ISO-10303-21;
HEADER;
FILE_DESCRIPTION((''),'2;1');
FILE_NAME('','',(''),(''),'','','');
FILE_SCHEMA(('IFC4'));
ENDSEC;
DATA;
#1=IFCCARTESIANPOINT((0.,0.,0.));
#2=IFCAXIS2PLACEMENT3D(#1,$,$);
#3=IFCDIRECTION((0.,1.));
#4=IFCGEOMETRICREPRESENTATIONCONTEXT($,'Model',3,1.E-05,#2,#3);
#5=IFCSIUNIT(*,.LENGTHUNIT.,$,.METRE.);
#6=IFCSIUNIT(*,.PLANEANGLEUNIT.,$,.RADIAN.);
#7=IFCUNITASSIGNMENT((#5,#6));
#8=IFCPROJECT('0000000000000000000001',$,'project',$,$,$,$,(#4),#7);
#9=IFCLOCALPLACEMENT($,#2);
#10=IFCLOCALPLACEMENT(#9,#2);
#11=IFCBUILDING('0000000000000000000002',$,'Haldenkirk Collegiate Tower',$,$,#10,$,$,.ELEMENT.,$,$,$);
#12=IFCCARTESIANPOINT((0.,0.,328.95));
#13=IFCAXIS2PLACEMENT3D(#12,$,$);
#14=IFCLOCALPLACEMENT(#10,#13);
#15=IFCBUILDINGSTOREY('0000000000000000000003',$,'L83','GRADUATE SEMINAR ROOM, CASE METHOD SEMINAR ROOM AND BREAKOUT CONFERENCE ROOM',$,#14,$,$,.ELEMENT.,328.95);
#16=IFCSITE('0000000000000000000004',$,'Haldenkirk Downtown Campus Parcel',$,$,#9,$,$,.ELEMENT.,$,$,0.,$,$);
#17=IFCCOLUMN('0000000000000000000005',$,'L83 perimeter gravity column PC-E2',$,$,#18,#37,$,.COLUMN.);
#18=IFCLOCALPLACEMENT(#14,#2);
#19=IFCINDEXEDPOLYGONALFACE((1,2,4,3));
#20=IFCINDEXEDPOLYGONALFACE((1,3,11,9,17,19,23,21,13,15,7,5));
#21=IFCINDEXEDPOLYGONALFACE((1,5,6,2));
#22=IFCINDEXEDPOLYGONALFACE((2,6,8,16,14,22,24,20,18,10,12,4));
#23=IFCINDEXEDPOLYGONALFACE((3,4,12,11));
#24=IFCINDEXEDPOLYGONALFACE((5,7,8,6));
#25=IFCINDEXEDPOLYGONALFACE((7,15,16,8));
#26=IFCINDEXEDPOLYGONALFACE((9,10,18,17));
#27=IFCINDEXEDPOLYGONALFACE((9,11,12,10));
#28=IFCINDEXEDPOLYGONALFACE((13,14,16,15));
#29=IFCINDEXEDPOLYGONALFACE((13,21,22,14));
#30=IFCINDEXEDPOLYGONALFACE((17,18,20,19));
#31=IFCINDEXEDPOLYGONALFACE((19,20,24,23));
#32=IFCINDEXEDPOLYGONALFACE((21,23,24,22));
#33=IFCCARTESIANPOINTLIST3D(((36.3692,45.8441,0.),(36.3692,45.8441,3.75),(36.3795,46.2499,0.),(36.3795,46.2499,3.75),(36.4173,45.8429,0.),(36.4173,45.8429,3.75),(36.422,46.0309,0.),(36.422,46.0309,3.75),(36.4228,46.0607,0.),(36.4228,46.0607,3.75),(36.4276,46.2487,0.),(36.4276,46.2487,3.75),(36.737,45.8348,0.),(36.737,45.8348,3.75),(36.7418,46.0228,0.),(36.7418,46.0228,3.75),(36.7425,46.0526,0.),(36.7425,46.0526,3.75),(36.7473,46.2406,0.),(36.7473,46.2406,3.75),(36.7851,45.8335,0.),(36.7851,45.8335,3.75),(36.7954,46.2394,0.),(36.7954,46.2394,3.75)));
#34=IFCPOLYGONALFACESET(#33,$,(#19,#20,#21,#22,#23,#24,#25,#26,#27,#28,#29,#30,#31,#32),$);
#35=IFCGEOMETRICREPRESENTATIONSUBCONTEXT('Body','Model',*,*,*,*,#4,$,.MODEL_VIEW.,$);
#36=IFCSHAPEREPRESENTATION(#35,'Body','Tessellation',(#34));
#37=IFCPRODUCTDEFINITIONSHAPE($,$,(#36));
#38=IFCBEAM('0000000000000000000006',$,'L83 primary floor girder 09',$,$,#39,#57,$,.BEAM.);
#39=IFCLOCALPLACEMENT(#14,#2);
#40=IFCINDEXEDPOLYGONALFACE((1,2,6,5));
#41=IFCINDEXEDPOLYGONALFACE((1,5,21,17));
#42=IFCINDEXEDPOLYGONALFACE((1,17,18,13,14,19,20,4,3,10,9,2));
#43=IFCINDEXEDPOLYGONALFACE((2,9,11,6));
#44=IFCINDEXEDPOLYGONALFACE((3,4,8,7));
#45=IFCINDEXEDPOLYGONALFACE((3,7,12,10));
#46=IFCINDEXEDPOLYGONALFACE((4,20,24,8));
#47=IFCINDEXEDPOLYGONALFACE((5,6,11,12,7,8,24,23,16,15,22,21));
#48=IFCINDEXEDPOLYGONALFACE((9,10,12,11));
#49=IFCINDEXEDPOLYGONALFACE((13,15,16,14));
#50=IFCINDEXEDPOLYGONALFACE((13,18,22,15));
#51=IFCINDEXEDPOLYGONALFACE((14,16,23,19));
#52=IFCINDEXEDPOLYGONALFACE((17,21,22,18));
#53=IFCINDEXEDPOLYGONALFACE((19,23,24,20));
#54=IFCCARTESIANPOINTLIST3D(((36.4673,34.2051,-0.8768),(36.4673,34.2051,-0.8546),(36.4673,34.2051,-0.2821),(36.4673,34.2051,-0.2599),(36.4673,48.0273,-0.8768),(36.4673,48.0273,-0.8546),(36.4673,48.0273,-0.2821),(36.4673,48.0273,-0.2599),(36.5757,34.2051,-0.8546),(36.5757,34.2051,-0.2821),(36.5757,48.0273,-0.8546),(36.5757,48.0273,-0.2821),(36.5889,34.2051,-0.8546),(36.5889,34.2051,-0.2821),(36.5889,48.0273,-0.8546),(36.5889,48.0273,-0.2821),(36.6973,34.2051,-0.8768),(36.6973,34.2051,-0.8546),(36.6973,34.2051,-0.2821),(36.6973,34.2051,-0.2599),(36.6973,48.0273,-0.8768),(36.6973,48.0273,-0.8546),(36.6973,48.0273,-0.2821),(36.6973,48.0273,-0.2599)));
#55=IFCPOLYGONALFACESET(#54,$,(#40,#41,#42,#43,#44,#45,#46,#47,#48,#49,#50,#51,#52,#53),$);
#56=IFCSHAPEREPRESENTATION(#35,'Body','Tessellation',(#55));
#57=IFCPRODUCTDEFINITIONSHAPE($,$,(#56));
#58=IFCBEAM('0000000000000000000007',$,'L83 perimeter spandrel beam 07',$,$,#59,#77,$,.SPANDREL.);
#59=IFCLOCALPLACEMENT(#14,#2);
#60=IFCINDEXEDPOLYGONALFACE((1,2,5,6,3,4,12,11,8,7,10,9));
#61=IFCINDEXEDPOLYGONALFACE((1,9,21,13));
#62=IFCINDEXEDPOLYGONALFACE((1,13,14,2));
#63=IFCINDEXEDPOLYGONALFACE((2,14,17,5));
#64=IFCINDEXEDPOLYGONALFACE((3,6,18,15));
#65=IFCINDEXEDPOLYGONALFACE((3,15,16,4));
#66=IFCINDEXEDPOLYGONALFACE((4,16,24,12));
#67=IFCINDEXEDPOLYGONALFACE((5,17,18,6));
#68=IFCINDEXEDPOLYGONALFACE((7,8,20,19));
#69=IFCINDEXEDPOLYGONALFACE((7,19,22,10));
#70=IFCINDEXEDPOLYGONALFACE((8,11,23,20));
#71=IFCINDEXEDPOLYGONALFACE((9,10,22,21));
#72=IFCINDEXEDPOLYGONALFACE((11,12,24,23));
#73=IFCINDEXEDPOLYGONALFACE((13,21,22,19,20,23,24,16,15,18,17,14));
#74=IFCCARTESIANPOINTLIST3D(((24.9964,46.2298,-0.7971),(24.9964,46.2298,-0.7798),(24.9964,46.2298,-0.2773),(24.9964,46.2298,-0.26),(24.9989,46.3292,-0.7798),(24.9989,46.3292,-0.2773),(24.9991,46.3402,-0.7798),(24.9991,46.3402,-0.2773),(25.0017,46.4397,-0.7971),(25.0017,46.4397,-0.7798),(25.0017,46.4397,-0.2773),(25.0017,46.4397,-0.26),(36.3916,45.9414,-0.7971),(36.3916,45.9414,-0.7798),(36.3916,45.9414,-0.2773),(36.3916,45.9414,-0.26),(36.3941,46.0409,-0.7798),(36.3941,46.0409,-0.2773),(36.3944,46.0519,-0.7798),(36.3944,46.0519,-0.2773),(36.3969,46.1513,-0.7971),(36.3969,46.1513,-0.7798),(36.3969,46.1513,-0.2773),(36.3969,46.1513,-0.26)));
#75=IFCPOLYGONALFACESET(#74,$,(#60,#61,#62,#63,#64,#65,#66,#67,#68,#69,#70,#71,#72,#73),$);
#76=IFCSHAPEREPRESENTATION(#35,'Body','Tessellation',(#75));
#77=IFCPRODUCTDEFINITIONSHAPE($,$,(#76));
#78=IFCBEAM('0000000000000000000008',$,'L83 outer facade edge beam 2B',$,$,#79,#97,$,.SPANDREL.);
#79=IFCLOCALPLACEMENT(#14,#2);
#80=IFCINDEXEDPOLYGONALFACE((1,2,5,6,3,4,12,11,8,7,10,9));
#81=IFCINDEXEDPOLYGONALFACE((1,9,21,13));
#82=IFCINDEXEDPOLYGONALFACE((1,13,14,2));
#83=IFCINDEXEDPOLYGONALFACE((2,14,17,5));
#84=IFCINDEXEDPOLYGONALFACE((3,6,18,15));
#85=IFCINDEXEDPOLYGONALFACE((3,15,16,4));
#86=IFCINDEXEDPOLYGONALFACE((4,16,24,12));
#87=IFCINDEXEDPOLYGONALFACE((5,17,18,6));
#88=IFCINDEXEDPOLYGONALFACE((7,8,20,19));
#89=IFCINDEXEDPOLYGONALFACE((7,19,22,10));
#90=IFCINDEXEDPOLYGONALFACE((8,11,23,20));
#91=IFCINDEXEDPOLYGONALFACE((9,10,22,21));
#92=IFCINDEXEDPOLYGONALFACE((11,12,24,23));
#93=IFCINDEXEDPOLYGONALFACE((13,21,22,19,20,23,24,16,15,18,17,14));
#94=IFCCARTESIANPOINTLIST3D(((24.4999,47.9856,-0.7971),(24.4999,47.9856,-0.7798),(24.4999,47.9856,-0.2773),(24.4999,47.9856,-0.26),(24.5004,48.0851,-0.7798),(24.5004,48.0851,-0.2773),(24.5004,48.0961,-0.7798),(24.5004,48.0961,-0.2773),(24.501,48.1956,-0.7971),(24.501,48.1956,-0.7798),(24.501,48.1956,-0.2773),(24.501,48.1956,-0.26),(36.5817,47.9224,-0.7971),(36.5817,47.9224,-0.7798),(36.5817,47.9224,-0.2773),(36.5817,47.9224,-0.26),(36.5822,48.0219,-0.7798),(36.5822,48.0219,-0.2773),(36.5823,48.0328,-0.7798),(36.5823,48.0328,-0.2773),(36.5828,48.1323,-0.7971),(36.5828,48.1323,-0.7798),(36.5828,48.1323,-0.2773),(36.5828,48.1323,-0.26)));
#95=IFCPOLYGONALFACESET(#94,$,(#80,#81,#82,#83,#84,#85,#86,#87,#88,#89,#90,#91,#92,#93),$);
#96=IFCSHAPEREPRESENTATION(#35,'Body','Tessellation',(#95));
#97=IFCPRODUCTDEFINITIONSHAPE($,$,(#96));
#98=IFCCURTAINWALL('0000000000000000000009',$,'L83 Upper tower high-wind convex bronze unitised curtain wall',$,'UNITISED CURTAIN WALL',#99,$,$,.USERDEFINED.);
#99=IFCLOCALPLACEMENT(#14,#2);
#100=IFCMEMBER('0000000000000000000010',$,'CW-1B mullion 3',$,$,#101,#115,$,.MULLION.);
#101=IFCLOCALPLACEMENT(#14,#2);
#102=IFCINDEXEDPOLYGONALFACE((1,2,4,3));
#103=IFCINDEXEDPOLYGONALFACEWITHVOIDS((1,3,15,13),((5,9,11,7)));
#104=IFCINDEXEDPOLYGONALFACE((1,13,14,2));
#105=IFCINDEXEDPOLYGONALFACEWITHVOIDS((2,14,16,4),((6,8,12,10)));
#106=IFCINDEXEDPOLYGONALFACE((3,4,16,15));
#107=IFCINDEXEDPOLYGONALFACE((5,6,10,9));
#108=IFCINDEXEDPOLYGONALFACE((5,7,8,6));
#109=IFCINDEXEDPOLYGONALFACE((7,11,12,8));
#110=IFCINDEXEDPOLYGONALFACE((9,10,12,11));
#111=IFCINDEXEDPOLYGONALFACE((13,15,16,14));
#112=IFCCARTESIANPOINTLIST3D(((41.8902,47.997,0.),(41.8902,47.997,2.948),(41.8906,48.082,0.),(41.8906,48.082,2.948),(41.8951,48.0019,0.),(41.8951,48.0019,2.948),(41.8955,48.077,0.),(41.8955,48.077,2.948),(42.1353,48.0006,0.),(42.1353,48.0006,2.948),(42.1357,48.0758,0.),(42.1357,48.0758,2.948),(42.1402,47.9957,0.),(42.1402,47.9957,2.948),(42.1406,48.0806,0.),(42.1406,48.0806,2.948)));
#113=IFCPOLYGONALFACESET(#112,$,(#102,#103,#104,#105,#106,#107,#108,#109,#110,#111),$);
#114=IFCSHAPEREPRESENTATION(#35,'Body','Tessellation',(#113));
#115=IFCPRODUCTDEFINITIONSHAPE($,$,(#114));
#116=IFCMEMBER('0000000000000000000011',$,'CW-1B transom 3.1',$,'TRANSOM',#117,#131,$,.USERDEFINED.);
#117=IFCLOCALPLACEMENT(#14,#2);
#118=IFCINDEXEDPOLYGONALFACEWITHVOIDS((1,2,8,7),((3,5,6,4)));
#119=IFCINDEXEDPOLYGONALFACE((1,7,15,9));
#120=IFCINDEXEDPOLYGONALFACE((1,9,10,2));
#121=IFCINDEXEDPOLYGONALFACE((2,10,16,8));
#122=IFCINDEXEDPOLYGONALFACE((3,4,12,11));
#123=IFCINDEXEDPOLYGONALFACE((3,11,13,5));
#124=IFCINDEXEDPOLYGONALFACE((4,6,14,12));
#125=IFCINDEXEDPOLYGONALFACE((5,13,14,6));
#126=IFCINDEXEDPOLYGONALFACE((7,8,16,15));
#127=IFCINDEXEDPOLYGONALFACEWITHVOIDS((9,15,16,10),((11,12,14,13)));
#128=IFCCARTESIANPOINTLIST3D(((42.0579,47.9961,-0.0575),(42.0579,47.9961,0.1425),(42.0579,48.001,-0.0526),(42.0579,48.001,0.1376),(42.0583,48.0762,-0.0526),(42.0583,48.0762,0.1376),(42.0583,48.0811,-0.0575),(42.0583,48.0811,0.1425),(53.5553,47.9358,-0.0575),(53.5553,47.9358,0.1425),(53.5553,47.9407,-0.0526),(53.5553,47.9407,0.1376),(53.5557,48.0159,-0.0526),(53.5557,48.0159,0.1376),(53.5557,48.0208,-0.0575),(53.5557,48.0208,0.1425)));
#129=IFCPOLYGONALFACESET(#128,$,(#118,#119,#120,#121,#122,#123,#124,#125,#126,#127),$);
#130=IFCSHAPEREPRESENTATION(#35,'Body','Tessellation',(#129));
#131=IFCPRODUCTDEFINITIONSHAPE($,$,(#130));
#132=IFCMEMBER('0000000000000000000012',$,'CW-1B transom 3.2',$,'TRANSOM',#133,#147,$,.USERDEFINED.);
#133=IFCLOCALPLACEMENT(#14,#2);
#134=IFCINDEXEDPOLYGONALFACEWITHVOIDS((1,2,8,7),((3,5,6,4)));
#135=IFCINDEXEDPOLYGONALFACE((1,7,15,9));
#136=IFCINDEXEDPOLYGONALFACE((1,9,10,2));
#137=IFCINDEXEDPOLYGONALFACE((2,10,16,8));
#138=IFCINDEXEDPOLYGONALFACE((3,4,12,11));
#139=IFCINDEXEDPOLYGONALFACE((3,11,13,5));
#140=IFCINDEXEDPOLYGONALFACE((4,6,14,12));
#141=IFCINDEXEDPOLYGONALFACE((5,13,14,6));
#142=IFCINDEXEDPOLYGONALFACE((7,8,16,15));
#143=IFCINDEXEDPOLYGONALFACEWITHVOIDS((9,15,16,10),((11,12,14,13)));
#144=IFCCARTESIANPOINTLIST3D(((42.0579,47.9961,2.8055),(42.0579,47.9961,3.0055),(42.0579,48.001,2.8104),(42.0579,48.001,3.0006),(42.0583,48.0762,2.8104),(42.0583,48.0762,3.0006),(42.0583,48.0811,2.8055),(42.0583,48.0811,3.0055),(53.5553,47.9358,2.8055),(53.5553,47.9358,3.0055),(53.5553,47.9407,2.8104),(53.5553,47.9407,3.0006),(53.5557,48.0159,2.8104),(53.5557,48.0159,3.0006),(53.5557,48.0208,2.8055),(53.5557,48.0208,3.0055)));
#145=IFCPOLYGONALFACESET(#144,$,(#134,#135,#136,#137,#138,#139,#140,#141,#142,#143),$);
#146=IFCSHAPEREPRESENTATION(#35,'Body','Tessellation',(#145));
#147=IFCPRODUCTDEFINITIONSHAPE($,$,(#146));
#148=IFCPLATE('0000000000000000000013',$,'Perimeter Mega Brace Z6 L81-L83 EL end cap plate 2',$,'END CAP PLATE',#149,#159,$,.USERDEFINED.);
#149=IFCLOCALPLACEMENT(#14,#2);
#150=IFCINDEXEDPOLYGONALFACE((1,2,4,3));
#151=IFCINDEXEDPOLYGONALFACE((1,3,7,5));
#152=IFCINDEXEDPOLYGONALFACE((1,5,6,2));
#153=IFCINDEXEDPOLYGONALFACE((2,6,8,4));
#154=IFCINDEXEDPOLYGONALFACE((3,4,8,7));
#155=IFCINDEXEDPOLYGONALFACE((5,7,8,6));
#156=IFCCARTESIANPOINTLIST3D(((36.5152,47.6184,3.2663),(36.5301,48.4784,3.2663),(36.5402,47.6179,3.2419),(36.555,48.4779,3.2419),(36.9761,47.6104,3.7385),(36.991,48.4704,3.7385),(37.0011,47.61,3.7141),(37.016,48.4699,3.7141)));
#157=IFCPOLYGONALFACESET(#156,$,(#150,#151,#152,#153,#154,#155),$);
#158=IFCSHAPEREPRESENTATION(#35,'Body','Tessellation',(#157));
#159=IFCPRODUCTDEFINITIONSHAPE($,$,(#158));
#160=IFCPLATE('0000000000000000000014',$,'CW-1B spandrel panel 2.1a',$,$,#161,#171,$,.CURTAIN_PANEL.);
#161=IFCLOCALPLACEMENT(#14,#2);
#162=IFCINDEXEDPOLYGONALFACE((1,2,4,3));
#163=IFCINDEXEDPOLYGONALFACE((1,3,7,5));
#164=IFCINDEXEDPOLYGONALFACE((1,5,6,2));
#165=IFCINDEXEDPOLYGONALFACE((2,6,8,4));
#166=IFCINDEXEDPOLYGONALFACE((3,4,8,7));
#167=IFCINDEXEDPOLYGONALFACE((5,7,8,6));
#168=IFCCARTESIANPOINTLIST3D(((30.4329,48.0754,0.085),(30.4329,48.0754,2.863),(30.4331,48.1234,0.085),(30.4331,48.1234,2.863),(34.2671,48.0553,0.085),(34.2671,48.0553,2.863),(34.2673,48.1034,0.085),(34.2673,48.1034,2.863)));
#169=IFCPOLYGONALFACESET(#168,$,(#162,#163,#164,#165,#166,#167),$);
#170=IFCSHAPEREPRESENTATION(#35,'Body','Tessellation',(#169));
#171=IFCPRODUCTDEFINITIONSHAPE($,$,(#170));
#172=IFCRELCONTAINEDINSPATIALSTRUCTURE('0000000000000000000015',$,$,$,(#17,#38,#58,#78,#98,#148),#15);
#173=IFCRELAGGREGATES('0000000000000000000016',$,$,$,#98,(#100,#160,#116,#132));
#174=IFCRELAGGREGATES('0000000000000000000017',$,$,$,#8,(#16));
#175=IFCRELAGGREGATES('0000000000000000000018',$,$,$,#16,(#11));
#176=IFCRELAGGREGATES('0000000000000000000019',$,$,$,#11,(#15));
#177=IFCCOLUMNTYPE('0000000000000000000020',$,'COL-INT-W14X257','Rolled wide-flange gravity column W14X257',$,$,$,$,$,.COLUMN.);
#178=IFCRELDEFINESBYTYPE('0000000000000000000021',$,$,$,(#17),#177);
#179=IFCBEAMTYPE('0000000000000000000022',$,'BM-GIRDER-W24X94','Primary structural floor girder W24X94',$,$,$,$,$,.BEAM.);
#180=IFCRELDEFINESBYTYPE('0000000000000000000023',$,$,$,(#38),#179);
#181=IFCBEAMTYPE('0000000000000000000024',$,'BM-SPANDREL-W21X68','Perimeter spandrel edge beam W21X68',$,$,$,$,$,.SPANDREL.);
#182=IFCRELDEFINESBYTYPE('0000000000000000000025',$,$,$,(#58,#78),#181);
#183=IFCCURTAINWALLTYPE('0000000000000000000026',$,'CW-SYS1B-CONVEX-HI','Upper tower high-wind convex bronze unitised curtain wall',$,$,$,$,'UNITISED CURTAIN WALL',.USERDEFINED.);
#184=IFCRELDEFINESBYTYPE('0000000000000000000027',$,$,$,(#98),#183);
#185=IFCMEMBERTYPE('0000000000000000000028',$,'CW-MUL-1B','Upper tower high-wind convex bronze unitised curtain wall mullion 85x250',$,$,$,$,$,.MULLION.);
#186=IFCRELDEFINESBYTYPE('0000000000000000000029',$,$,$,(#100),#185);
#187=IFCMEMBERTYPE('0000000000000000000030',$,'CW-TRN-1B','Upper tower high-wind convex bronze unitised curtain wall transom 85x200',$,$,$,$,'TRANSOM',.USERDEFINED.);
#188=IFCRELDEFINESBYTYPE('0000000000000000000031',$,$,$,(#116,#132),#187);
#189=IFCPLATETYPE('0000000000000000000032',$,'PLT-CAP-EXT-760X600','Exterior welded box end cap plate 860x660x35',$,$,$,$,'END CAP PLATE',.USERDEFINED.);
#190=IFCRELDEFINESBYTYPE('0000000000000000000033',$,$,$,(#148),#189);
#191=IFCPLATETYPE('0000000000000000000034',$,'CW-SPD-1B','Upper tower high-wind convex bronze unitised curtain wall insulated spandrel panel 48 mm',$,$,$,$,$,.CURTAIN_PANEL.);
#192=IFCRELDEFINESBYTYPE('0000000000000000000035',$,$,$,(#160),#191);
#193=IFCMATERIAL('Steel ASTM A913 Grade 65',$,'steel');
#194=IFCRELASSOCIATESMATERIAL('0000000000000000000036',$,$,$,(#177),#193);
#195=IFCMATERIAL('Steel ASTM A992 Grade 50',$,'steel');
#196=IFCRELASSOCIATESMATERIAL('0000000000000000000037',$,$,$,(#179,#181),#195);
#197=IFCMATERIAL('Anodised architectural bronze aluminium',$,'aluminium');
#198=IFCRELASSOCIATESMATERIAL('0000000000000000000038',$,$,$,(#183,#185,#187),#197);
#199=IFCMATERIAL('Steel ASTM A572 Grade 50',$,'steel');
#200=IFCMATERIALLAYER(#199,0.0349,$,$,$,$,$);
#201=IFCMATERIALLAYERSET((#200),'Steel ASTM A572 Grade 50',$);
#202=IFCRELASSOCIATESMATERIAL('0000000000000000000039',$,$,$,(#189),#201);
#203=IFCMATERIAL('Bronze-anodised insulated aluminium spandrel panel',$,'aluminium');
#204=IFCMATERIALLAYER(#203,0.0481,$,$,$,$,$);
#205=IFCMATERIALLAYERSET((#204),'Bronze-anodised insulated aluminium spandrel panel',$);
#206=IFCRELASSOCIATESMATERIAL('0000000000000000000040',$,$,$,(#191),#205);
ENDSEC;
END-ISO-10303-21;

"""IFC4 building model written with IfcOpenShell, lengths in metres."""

from ifc_helpers import new_model, si_unit, direction, frame, origin, origin_2d, place, context, subcontext, project, spatial, rectangle, hollow_rectangle, i_section, extrude, source, transform, mapped, material, layer, layer_set, material_profile, profile_set, type_object, element, aggregate, save


model = new_model("IFC4")

# Units and contexts
model_context = context("Model", 3, precision=1e-05, world=origin(), true_north=direction((0.0, 1.0)))
body_context = subcontext(model_context, "Body", "Model", "MODEL_VIEW")
ifc_project = project(units=[si_unit("LENGTHUNIT", "METRE"), si_unit("PLANEANGLEUNIT", "RADIAN")], contexts=[model_context])

# Site, building, storey
site_placement = place(None, origin())
site = spatial("IfcSite", under=ifc_project, at=site_placement, Name="Haldenkirk Downtown Campus Parcel", CompositionType="ELEMENT", RefElevation=0.0)
building_placement = place(site_placement, origin())
building = spatial("IfcBuilding", under=site, at=building_placement, Name="Haldenkirk Collegiate Tower", CompositionType="ELEMENT")
storey_placement = place(building_placement, frame((0.0, 0.0, 328.95)))
storey = spatial("IfcBuildingStorey", under=building, at=storey_placement, Name="L83", Description="GRADUATE SEMINAR ROOM, CASE METHOD SEMINAR ROOM AND BREAKOUT CONFERENCE ROOM", CompositionType="ELEMENT", Elevation=328.95)

# Column
ifc_material_1 = material(Name="Steel ASTM A913 Grade 65", Category="steel")
ifc_material_profile_1 = material_profile(ifc_material_1, i_section(OverallWidth=0.406, OverallDepth=0.416, WebThickness=0.0298, FlangeThickness=0.0481, at=origin_2d()), Name="W14X257")
ifc_profile_set_1 = profile_set([ifc_material_profile_1], Name="Steel ASTM A913 Grade 65")
column_type = type_object("IfcColumnType", Name="COL-INT-W14X257", Description="Rolled wide-flange gravity column W14X257", PredefinedType="COLUMN", material=ifc_profile_set_1)
column_placement = place(storey_placement, frame((36.5823, 46.0417, 0.0), z_axis=(0.0, 0.0, 1.0), x_axis=(0.025305, 0.99968, 0.0)))
element("IfcColumn", 1, at=column_placement, inside=storey, type_object=column_type, Name="L83 perimeter gravity column PC-E2", PredefinedType="COLUMN", context=body_context, shape_type="SweptSolid", body=[
    extrude(i_section(OverallWidth=0.406, OverallDepth=0.416, WebThickness=0.0298, FlangeThickness=0.0481, at=origin_2d()), origin(), (0.0, 0.0, 1.0), 3.75),
])

# Beams
ifc_material_2 = material(Name="Steel ASTM A992 Grade 50", Category="steel")
ifc_material_profile_2 = material_profile(ifc_material_2, i_section(OverallWidth=0.23, OverallDepth=0.6169, WebThickness=0.0132, FlangeThickness=0.0222, at=origin_2d()), Name="W24X94")
ifc_profile_set_2 = profile_set([ifc_material_profile_2], Name="Steel ASTM A992 Grade 50")
beam_type_1 = type_object("IfcBeamType", Name="BM-GIRDER-W24X94", Description="Primary structural floor girder W24X94", PredefinedType="BEAM", material=ifc_profile_set_2)
beam_1_placement = place(storey_placement, frame((36.5823, 48.0273, -0.5684), z_axis=(0.0, -1.0, 0.0), x_axis=(1.0, 0.0, 0.0)))
element("IfcBeam", 2, at=beam_1_placement, inside=storey, type_object=beam_type_1, Name="L83 primary floor girder 09", PredefinedType="BEAM", context=body_context, shape_type="SweptSolid", body=[
    extrude(i_section(OverallWidth=0.23, OverallDepth=0.6169, WebThickness=0.0132, FlangeThickness=0.0222, at=origin_2d()), origin(), (0.0, 0.0, 1.0), 13.8223),
])
ifc_material_profile_3 = material_profile(ifc_material_2, i_section(OverallWidth=0.21, OverallDepth=0.5371, WebThickness=0.011, FlangeThickness=0.0173, at=origin_2d()), Name="W21X68")
ifc_profile_set_3 = profile_set([ifc_material_profile_3], Name="Steel ASTM A992 Grade 50")
beam_type_2 = type_object("IfcBeamType", Name="BM-SPANDREL-W21X68", Description="Perimeter spandrel edge beam W21X68", PredefinedType="SPANDREL", material=ifc_profile_set_3)
beam_2_placement = place(storey_placement, frame((36.3943, 46.0464, -0.5286), z_axis=(-0.99968, 0.025295, 0.0), x_axis=(-0.025295, -0.99968, 0.0)))
element("IfcBeam", 3, at=beam_2_placement, inside=storey, type_object=beam_type_2, Name="L83 perimeter spandrel beam 07", PredefinedType="SPANDREL", context=body_context, shape_type="SweptSolid", body=[
    extrude(i_section(OverallWidth=0.21, OverallDepth=0.5371, WebThickness=0.011, FlangeThickness=0.0173, at=origin_2d()), origin(), (0.0, 0.0, 1.0), 11.3989),
])
beam_3_placement = place(storey_placement, frame((36.5823, 48.0273, -0.5286), z_axis=(-0.999986, 0.005234, 0.0), x_axis=(-0.005234, -0.999986, 0.0)))
element("IfcBeam", 4, at=beam_3_placement, inside=storey, type_object=beam_type_2, Name="L83 outer facade edge beam 2B", PredefinedType="SPANDREL", context=body_context, shape_type="SweptSolid", body=[
    extrude(i_section(OverallWidth=0.21, OverallDepth=0.5371, WebThickness=0.011, FlangeThickness=0.0173, at=origin_2d()), origin(), (0.0, 0.0, 1.0), 12.082),
])

# Curtain wall, members
ifc_material_3 = material(Name="Anodised architectural bronze aluminium", Category="aluminium")
curtain_wall_type = type_object("IfcCurtainWallType", Name="CW-SYS1B-CONVEX-HI", Description="Upper tower high-wind convex bronze unitised curtain wall", ElementType="UNITISED CURTAIN WALL", PredefinedType="USERDEFINED", material=ifc_material_3)
curtain_wall_placement = place(storey_placement, origin())
curtain_wall = element("IfcCurtainWall", 5, at=curtain_wall_placement, inside=storey, type_object=curtain_wall_type, Name="L83 Upper tower high-wind convex bronze unitised curtain wall", ObjectType="UNITISED CURTAIN WALL", PredefinedType="USERDEFINED")
ifc_material_profile_4 = material_profile(ifc_material_3, hollow_rectangle(XDim=0.085, YDim=0.25, WallThickness=0.0049, at=origin_2d()), Name="CW-MUL-1B")
ifc_profile_set_4 = profile_set([ifc_material_profile_4], Name="Anodised architectural bronze aluminium")
member_type_1 = type_object("IfcMemberType", Name="CW-MUL-1B", Description="Upper tower high-wind convex bronze unitised curtain wall mullion 85x250", PredefinedType="MULLION", material=ifc_profile_set_4)
member_1_placement = place(storey_placement, frame((42.0154, 48.0388, 0.0), z_axis=(0.0, 0.0, 1.0), x_axis=(0.005239, 0.999986, 0.0)))
member_1 = element("IfcMember", 6, at=member_1_placement, type_object=member_type_1, Name="CW-1B mullion 3", PredefinedType="MULLION", context=body_context, shape_type="SweptSolid", body=[
    extrude(hollow_rectangle(XDim=0.085, YDim=0.25, WallThickness=0.0049, at=origin_2d()), origin(), (0.0, 0.0, 1.0), 2.948),
])
ifc_material_profile_5 = material_profile(ifc_material_3, hollow_rectangle(XDim=0.085, YDim=0.2, WallThickness=0.0049, at=origin_2d()), Name="CW-TRN-1B")
ifc_profile_set_5 = profile_set([ifc_material_profile_5], Name="Anodised architectural bronze aluminium")
member_type_2 = type_object("IfcMemberType", Name="CW-TRN-1B", Description="Upper tower high-wind convex bronze unitised curtain wall transom 85x200", ElementType="TRANSOM", PredefinedType="USERDEFINED", material=ifc_profile_set_5)
member_2_placement = place(storey_placement, frame((42.0581, 48.0386, 0.0425), z_axis=(0.999986, -0.005245, 0.0), x_axis=(0.005245, 0.999986, 0.0)))
member_2 = element("IfcMember", 7, at=member_2_placement, type_object=member_type_2, Name="CW-1B transom 3.1", ObjectType="TRANSOM", PredefinedType="USERDEFINED", context=body_context, shape_type="SweptSolid", body=[
    extrude(hollow_rectangle(XDim=0.085, YDim=0.2, WallThickness=0.0049, at=origin_2d()), origin(), (0.0, 0.0, 1.0), 11.4976),
])
member_3_placement = place(storey_placement, frame((42.0581, 48.0386, 2.9055), z_axis=(0.999986, -0.005245, 0.0), x_axis=(0.005245, 0.999986, 0.0)))
member_3 = element("IfcMember", 8, at=member_3_placement, type_object=member_type_2, Name="CW-1B transom 3.2", ObjectType="TRANSOM", PredefinedType="USERDEFINED", context=body_context, shape_type="SweptSolid", body=[
    extrude(hollow_rectangle(XDim=0.085, YDim=0.2, WallThickness=0.0049, at=origin_2d()), origin(), (0.0, 0.0, 1.0), 11.4976),
])

# Plates
ifc_material_4 = material(Name="Steel ASTM A572 Grade 50", Category="steel")
ifc_layer_1 = layer(ifc_material_4, 0.0349)
ifc_layer_set_1 = layer_set([ifc_layer_1], Name="Steel ASTM A572 Grade 50")
plate_type_1 = type_object("IfcPlateType", Name="PLT-CAP-EXT-760X600", Description="Exterior welded box end cap plate 860x660x35", ElementType="END CAP PLATE", PredefinedType="USERDEFINED", material=ifc_layer_set_1)
shared_shape_1 = source(origin(), body_context, "Body", "SweptSolid", [
    extrude(rectangle(XDim=0.8601, YDim=0.6599, at=origin_2d()), origin(), (0.0, 0.0, 1.0), 0.0349),
])
plate_1_placement = place(storey_placement, frame((36.7781, 48.0439, 3.478), z_axis=(-0.715405, 0.01237, 0.698601), x_axis=(-0.017288, -0.999851, 0.0)))
element("IfcPlate", 9, at=plate_1_placement, inside=storey, type_object=plate_type_1, Name="Perimeter Mega Brace Z6 L81-L83 EL end cap plate 2", ObjectType="END CAP PLATE", PredefinedType="USERDEFINED", context=body_context, shape_type="MappedRepresentation", body=[
    mapped(shared_shape_1, transform((0.0, 0.0, 0.0), x_axis=(1.0, 0.0, 0.0), y_axis=(0.0, 1.0, 0.0), z_axis=(0.0, 0.0, 1.0), scale=1.0)),
])
ifc_material_5 = material(Name="Bronze-anodised insulated aluminium spandrel panel", Category="aluminium")
ifc_layer_2 = layer(ifc_material_5, 0.0481)
ifc_layer_set_2 = layer_set([ifc_layer_2], Name="Bronze-anodised insulated aluminium spandrel panel")
plate_type_2 = type_object("IfcPlateType", Name="CW-SPD-1B", Description="Upper tower high-wind convex bronze unitised curtain wall insulated spandrel panel 48 mm", PredefinedType="CURTAIN_PANEL", material=ifc_layer_set_2)
shared_shape_2 = source(origin(), body_context, "Body", "SweptSolid", [
    extrude(rectangle(XDim=3.8342, YDim=0.0481, at=origin_2d()), origin(), (0.0, 0.0, 1.0), 2.7781),
])
plate_2_placement = place(storey_placement, frame((32.3501, 48.0894, 0.085), z_axis=(0.0, 0.0, 1.0), x_axis=(0.999986, -0.005239, 0.0)))
plate_2 = element("IfcPlate", 10, at=plate_2_placement, type_object=plate_type_2, Name="CW-1B spandrel panel 2.1a", PredefinedType="CURTAIN_PANEL", context=body_context, shape_type="MappedRepresentation", body=[
    mapped(shared_shape_2, transform((0.0, 0.0, 0.0), x_axis=(1.0, 0.0, 0.0), y_axis=(0.0, 1.0, 0.0), z_axis=(0.0, 0.0, 1.0), scale=1.0)),
])
aggregate(curtain_wall, [member_1, plate_2, member_2, member_3])

save(model, "model.ifc")
